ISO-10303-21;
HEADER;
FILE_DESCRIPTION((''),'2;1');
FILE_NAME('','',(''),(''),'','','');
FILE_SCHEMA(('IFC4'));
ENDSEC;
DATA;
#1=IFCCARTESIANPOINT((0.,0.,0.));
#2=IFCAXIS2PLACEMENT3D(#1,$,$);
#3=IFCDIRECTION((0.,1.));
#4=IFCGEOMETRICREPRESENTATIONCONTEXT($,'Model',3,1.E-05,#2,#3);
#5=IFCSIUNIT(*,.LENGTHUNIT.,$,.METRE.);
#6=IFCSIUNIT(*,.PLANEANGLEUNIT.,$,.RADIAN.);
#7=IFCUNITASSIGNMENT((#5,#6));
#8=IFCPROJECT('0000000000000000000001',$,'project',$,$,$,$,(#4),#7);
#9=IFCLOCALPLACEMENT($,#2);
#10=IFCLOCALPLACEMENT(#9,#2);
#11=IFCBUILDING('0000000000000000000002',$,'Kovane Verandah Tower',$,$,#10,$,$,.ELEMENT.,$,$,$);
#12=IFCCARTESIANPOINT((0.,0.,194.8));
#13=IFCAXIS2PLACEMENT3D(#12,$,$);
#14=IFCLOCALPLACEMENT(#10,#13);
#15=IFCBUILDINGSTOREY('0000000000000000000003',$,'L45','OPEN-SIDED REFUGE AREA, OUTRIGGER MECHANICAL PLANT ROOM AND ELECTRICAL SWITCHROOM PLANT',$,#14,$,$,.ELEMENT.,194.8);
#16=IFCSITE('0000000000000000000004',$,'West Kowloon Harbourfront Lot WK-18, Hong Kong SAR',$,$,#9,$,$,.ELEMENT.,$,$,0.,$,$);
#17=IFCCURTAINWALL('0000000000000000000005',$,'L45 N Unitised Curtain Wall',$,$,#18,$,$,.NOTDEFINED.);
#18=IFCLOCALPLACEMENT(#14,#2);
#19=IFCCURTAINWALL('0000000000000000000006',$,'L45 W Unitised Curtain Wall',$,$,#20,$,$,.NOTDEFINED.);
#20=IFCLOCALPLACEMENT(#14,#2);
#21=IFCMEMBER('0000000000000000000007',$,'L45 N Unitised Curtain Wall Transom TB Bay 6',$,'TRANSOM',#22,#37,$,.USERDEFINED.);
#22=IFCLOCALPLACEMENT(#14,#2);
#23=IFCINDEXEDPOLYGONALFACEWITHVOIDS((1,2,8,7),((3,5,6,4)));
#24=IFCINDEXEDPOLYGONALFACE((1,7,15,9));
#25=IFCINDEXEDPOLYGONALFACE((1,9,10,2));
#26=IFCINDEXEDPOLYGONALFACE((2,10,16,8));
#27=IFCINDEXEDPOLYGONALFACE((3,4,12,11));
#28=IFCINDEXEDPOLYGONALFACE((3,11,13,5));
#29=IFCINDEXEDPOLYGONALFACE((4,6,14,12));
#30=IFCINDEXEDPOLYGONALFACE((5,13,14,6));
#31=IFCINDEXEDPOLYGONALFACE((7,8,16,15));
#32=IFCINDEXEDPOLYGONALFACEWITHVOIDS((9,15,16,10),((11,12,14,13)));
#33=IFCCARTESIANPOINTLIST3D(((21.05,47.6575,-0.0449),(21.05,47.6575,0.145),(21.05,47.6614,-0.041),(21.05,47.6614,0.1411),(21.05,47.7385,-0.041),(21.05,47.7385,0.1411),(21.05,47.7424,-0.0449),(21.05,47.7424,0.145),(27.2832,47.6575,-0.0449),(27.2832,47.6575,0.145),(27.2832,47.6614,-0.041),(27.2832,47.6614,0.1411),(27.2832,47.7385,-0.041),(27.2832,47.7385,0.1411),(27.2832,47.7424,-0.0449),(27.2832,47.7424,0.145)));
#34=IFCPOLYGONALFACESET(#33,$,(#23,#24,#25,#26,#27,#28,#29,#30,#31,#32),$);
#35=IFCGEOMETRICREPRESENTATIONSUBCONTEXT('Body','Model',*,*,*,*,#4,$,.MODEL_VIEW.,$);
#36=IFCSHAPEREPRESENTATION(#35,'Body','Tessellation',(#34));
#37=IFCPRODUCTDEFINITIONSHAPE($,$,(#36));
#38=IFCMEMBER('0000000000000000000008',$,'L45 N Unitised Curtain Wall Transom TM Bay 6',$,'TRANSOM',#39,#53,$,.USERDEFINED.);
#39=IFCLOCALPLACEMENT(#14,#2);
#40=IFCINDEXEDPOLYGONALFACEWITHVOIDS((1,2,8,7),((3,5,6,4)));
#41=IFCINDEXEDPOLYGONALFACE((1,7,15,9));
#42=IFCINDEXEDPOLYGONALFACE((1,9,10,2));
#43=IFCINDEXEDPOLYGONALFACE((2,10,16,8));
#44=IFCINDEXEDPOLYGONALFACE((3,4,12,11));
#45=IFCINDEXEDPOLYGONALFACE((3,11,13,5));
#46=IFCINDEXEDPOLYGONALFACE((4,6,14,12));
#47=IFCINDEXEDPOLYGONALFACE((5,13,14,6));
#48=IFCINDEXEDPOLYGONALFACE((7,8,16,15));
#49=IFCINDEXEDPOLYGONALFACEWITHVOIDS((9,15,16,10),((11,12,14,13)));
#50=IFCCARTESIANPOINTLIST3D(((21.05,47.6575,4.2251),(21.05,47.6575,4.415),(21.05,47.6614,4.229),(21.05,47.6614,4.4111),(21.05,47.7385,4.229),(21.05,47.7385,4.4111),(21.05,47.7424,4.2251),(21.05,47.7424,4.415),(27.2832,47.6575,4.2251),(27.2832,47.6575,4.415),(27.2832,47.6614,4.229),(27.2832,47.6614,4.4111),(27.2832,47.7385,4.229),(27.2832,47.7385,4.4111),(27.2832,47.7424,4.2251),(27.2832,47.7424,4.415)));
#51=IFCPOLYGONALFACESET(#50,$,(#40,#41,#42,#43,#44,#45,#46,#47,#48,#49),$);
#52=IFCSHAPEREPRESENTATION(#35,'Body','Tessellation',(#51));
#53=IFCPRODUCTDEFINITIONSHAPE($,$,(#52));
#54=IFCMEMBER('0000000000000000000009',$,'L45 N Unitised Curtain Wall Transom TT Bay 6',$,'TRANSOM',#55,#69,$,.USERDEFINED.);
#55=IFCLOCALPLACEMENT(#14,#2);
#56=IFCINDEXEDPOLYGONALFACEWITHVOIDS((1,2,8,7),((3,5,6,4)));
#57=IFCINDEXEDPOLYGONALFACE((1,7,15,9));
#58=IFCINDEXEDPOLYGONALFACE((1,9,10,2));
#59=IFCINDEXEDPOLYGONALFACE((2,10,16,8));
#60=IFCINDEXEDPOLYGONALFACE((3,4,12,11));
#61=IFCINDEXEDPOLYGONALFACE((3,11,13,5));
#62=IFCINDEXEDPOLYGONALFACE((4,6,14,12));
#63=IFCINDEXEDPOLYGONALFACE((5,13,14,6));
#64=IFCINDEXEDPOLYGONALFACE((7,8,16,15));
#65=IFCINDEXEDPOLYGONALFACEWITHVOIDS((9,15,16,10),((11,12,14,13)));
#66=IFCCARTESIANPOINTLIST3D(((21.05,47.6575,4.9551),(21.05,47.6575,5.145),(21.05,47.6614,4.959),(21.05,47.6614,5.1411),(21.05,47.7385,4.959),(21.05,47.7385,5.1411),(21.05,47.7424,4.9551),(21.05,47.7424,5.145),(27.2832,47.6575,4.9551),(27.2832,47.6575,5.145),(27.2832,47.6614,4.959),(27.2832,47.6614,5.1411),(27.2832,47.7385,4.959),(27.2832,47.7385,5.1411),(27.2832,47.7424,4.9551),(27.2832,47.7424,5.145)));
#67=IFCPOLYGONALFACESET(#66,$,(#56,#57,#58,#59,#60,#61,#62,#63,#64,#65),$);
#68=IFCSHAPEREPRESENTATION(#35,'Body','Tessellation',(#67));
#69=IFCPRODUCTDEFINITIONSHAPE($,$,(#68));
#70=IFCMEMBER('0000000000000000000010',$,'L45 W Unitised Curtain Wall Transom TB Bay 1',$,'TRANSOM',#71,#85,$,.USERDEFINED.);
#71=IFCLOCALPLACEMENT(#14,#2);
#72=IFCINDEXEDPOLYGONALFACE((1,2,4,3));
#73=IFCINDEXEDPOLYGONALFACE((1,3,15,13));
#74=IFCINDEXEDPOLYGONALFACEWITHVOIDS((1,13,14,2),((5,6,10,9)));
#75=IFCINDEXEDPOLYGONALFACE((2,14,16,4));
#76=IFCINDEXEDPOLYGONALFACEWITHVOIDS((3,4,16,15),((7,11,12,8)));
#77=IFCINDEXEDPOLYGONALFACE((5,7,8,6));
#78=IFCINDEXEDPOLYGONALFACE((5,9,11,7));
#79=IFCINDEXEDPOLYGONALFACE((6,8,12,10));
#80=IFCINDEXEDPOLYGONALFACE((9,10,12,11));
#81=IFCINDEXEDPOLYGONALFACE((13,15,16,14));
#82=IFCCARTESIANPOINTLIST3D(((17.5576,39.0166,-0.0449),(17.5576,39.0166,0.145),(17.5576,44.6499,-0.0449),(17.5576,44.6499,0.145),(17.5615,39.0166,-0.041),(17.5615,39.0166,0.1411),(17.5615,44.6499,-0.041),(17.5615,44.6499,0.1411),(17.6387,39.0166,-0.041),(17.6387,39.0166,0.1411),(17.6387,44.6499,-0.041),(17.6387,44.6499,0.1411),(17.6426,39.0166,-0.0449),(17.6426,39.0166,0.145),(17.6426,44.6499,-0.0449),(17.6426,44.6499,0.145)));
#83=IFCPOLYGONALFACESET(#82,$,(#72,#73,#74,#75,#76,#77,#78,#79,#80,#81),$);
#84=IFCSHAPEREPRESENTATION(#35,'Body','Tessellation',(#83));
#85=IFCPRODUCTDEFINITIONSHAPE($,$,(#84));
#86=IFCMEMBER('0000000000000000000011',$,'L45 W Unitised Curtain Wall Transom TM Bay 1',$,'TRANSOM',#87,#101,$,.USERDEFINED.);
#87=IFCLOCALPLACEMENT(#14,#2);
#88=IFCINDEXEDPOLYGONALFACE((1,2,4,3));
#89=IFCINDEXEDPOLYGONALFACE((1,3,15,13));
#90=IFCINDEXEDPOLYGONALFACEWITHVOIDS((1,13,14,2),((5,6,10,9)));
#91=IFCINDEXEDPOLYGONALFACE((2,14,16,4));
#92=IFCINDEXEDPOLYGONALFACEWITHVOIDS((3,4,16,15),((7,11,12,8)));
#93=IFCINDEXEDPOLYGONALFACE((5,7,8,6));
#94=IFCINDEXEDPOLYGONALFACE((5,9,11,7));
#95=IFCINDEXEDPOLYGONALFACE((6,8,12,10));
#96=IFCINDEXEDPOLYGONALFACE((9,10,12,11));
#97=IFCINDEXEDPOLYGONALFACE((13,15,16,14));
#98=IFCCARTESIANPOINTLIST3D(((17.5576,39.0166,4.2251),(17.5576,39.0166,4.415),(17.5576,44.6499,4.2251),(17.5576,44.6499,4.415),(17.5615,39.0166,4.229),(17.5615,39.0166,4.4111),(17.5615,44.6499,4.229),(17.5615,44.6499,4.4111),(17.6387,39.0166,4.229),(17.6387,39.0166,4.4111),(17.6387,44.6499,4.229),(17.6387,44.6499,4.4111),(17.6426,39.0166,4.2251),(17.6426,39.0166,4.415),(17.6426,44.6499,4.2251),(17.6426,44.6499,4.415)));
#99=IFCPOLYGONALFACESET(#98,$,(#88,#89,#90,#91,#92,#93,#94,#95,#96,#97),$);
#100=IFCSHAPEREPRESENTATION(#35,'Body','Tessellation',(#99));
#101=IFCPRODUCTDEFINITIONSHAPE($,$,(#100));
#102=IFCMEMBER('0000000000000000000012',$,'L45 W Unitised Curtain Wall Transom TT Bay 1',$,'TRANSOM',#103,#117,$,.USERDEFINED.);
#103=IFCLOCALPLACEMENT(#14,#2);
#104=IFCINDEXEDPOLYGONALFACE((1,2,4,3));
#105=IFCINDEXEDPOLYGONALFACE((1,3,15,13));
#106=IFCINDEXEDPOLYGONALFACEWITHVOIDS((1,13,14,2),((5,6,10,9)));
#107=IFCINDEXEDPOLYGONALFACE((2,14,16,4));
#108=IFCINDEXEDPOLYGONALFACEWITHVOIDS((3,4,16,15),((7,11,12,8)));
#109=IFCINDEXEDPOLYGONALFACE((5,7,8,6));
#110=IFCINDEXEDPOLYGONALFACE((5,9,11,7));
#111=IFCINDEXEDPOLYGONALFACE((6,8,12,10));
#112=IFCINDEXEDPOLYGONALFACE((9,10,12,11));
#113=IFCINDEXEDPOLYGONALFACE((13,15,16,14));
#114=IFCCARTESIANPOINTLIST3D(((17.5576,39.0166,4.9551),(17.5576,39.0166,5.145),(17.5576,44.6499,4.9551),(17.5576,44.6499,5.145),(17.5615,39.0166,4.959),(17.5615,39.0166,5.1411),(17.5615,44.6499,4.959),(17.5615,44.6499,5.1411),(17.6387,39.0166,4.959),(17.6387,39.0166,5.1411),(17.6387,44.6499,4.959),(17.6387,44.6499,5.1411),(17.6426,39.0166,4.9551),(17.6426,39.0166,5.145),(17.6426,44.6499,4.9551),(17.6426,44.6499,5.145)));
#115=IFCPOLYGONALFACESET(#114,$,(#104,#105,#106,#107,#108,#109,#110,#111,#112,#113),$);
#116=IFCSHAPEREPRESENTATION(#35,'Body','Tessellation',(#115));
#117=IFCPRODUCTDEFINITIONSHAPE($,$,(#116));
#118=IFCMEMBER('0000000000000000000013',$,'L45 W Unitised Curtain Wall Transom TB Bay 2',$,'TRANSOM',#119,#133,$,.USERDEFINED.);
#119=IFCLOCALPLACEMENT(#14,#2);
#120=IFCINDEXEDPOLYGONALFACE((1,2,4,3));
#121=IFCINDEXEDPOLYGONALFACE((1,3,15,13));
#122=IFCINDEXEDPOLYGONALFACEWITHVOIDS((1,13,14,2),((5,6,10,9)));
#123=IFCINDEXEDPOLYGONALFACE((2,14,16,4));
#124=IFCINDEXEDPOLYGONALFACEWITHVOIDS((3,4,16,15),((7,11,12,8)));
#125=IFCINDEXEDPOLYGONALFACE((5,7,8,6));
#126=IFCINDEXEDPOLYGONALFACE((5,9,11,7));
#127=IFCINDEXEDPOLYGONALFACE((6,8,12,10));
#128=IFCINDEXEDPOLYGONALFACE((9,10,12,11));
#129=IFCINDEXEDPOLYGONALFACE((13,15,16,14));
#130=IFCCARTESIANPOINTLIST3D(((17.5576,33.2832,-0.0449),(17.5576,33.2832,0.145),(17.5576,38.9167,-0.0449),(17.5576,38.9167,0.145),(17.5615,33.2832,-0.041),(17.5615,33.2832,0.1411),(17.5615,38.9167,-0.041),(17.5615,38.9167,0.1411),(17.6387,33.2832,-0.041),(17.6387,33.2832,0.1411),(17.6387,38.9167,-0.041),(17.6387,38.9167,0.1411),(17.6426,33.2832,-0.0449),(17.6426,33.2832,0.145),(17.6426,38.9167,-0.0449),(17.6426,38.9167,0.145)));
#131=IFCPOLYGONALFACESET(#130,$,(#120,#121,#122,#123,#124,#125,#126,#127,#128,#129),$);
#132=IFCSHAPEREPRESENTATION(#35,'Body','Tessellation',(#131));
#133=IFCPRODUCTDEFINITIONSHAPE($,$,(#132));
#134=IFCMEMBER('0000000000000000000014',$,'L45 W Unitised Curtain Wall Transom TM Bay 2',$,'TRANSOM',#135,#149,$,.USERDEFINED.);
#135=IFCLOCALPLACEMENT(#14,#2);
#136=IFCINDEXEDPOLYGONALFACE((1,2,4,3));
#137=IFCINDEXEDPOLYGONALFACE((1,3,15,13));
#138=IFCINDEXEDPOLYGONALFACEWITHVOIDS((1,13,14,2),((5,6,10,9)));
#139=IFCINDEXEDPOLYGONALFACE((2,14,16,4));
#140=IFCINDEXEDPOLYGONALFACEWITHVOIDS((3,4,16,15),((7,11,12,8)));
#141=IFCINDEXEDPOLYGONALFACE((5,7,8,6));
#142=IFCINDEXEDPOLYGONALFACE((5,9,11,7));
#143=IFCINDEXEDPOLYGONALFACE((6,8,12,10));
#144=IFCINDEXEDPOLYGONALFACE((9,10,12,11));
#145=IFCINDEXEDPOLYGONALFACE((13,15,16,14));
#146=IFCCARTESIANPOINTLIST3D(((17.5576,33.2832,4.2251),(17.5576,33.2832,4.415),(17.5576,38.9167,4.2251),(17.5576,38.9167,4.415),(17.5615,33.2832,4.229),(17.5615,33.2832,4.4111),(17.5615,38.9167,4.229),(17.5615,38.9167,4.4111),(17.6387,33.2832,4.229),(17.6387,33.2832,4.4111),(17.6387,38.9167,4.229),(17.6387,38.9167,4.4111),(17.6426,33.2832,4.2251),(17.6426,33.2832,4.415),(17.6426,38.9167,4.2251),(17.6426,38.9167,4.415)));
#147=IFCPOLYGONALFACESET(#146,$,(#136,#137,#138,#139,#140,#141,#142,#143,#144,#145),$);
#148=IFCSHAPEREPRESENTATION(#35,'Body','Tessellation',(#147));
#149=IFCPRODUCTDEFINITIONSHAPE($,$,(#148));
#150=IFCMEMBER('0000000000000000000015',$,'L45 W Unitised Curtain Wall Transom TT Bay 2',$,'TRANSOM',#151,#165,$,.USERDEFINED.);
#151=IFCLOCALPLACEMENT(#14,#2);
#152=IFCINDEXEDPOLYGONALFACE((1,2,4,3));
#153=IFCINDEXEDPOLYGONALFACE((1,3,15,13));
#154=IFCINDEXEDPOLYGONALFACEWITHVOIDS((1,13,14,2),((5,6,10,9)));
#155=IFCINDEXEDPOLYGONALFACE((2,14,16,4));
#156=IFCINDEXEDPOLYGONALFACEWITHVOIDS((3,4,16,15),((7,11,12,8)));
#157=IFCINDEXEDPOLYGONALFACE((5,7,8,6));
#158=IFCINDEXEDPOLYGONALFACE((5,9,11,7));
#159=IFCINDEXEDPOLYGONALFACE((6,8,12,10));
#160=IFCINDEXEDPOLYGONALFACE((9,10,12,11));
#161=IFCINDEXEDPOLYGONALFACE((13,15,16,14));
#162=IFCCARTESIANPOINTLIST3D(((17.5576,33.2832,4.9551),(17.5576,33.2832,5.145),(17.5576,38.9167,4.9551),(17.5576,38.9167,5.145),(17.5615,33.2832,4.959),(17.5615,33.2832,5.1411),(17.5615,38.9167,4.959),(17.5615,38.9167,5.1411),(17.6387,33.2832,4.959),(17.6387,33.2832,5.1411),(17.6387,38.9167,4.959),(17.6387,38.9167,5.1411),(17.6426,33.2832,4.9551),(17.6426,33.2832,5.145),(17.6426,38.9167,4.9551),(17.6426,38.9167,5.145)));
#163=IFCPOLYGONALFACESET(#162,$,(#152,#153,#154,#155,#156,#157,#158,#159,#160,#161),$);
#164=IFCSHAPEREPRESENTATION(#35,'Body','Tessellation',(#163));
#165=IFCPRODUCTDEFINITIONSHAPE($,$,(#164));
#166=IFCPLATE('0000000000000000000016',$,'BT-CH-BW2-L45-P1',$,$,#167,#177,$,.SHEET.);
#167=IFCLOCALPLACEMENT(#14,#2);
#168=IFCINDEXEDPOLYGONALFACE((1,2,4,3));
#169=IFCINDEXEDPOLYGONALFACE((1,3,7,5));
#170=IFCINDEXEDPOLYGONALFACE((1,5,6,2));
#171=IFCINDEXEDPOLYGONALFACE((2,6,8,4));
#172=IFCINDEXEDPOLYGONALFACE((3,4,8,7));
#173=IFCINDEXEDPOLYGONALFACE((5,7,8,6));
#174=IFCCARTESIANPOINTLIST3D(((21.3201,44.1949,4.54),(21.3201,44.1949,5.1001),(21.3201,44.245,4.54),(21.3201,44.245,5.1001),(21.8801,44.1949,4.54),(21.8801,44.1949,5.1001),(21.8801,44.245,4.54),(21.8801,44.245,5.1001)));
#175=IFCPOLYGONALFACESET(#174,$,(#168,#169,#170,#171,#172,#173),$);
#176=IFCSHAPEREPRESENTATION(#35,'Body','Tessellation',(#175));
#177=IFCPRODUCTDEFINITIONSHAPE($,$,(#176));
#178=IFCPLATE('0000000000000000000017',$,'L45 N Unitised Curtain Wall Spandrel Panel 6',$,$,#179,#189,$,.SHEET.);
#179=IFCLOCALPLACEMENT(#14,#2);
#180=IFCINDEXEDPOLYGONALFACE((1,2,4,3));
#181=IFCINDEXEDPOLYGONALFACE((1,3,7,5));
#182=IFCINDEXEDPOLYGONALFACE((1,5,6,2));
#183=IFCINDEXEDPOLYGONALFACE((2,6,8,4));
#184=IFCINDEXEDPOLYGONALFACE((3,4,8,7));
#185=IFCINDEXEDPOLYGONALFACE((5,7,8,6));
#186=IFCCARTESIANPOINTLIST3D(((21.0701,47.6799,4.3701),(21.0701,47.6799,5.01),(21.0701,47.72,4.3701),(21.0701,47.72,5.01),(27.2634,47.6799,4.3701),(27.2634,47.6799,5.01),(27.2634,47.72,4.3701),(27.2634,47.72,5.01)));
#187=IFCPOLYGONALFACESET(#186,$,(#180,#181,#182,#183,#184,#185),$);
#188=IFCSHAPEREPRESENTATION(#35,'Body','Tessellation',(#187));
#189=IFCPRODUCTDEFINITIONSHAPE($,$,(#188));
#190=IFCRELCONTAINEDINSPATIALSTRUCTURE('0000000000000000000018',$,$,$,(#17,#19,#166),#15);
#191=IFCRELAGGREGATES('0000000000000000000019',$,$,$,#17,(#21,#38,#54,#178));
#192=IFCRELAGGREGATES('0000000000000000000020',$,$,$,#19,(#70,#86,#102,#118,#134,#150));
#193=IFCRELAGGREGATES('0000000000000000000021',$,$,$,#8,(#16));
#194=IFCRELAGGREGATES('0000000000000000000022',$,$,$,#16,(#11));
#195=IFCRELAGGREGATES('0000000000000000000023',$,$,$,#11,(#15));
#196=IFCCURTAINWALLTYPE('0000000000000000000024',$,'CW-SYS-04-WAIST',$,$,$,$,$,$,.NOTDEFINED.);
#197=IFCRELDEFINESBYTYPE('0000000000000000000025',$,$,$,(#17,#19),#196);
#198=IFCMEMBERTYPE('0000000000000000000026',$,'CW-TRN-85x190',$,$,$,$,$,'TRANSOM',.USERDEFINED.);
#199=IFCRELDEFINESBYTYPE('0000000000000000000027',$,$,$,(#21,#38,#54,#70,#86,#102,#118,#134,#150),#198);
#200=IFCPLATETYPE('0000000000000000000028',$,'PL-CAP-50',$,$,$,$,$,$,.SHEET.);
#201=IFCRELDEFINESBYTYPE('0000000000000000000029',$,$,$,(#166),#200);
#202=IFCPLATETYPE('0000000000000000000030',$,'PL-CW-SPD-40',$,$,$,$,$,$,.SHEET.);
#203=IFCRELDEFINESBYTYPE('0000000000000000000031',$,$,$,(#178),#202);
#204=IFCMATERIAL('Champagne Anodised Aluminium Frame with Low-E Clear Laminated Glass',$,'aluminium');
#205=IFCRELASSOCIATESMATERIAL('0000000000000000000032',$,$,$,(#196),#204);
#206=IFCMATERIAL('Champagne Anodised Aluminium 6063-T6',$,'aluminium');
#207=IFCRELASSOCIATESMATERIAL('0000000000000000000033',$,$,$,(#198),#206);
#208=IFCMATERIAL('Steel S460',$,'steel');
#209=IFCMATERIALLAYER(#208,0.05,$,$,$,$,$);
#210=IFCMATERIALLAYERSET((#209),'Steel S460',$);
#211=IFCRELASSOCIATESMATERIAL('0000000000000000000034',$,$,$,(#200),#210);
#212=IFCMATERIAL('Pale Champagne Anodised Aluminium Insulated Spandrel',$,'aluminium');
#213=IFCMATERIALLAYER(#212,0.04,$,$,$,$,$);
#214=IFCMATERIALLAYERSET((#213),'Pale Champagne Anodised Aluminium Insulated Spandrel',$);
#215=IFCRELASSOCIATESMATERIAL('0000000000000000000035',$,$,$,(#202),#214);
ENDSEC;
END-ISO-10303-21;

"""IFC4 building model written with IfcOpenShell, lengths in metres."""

from ifc_helpers import new_model, si_unit, direction, frame, origin, origin_2d, place, context, subcontext, project, spatial, rectangle, hollow_rectangle, extrude, material, layer, layer_set, material_profile, profile_set, type_object, element, aggregate, save


model = new_model("IFC4")

# Units and contexts
model_context = context("Model", 3, precision=1e-05, world=origin(), true_north=direction((0.0, 1.0)))
body_context = subcontext(model_context, "Body", "Model", "MODEL_VIEW")
ifc_project = project(units=[si_unit("LENGTHUNIT", "METRE"), si_unit("PLANEANGLEUNIT", "RADIAN")], contexts=[model_context])

# Site, building, storey
site_placement = place(None, origin())
site = spatial("IfcSite", under=ifc_project, at=site_placement, Name="West Kowloon Harbourfront Lot WK-18, Hong Kong SAR", CompositionType="ELEMENT", RefElevation=0.0)
building_placement = place(site_placement, origin())
building = spatial("IfcBuilding", under=site, at=building_placement, Name="Kovane Verandah Tower", CompositionType="ELEMENT")
storey_placement = place(building_placement, frame((0.0, 0.0, 194.8)))
storey = spatial("IfcBuildingStorey", under=building, at=storey_placement, Name="L45", Description="OPEN-SIDED REFUGE AREA, OUTRIGGER MECHANICAL PLANT ROOM AND ELECTRICAL SWITCHROOM PLANT", CompositionType="ELEMENT", Elevation=194.8)

# Shared definitions
ifc_material_1 = material(Name="Steel S460", Category="steel")

# Curtain walls
ifc_material_2 = material(Name="Champagne Anodised Aluminium Frame with Low-E Clear Laminated Glass", Category="aluminium")
curtain_wall_type = type_object("IfcCurtainWallType", Name="CW-SYS-04-WAIST", PredefinedType="NOTDEFINED", material=ifc_material_2)
curtain_wall_1_placement = place(storey_placement, origin())
curtain_wall_1 = element("IfcCurtainWall", 1, at=curtain_wall_1_placement, inside=storey, type_object=curtain_wall_type, Name="L45 N Unitised Curtain Wall", PredefinedType="NOTDEFINED")
ifc_material_3 = material(Name="Champagne Anodised Aluminium 6063-T6", Category="aluminium")
curtain_wall_2_placement = place(storey_placement, origin())
curtain_wall_2 = element("IfcCurtainWall", 2, at=curtain_wall_2_placement, inside=storey, type_object=curtain_wall_type, Name="L45 W Unitised Curtain Wall", PredefinedType="NOTDEFINED")

# Members
ifc_material_profile_1 = material_profile(ifc_material_3, hollow_rectangle(XDim=0.085, YDim=0.1899, WallThickness=0.0039, at=origin_2d()), Name="AL85x190x4")
ifc_profile_set_1 = profile_set([ifc_material_profile_1], Name="Champagne Anodised Aluminium 6063-T6")
member_type_1 = type_object("IfcMemberType", Name="CW-TRN-85x190", ElementType="TRANSOM", PredefinedType="USERDEFINED", material=ifc_profile_set_1)
member_1_placement = place(storey_placement, frame((27.2832, 47.7, 0.05), z_axis=(-1.0, 0.0, 0.0), x_axis=(0.0, -1.0, 0.0)))
member_1 = element("IfcMember", 3, at=member_1_placement, type_object=member_type_1, Name="L45 N Unitised Curtain Wall Transom TB Bay 6", ObjectType="TRANSOM", PredefinedType="USERDEFINED", context=body_context, shape_type="SweptSolid", body=[
    extrude(hollow_rectangle(XDim=0.085, YDim=0.1899, WallThickness=0.0039, at=origin_2d()), origin(), (0.0, 0.0, 1.0), 6.2332),
])
member_2_placement = place(storey_placement, frame((27.2832, 47.7, 4.3201), z_axis=(-1.0, 0.0, 0.0), x_axis=(0.0, -1.0, 0.0)))
member_2 = element("IfcMember", 4, at=member_2_placement, type_object=member_type_1, Name="L45 N Unitised Curtain Wall Transom TM Bay 6", ObjectType="TRANSOM", PredefinedType="USERDEFINED", context=body_context, shape_type="SweptSolid", body=[
    extrude(hollow_rectangle(XDim=0.085, YDim=0.1899, WallThickness=0.0039, at=origin_2d()), origin(), (0.0, 0.0, 1.0), 6.2332),
])
member_3_placement = place(storey_placement, frame((27.2832, 47.7, 5.05), z_axis=(-1.0, 0.0, 0.0), x_axis=(0.0, -1.0, 0.0)))
member_3 = element("IfcMember", 5, at=member_3_placement, type_object=member_type_1, Name="L45 N Unitised Curtain Wall Transom TT Bay 6", ObjectType="TRANSOM", PredefinedType="USERDEFINED", context=body_context, shape_type="SweptSolid", body=[
    extrude(hollow_rectangle(XDim=0.085, YDim=0.1899, WallThickness=0.0039, at=origin_2d()), origin(), (0.0, 0.0, 1.0), 6.2332),
])
member_4_placement = place(storey_placement, frame((17.6001, 44.6499, 0.05), z_axis=(0.0, -1.0, 0.0), x_axis=(1.0, 0.0, 0.0)))
member_4 = element("IfcMember", 6, at=member_4_placement, type_object=member_type_1, Name="L45 W Unitised Curtain Wall Transom TB Bay 1", ObjectType="TRANSOM", PredefinedType="USERDEFINED", context=body_context, shape_type="SweptSolid", body=[
    extrude(hollow_rectangle(XDim=0.085, YDim=0.1899, WallThickness=0.0039, at=origin_2d()), origin(), (0.0, 0.0, 1.0), 5.6333),
])
member_5_placement = place(storey_placement, frame((17.6001, 44.6499, 4.3201), z_axis=(0.0, -1.0, 0.0), x_axis=(1.0, 0.0, 0.0)))
member_5 = element("IfcMember", 7, at=member_5_placement, type_object=member_type_1, Name="L45 W Unitised Curtain Wall Transom TM Bay 1", ObjectType="TRANSOM", PredefinedType="USERDEFINED", context=body_context, shape_type="SweptSolid", body=[
    extrude(hollow_rectangle(XDim=0.085, YDim=0.1899, WallThickness=0.0039, at=origin_2d()), origin(), (0.0, 0.0, 1.0), 5.6333),
])
member_6_placement = place(storey_placement, frame((17.6001, 44.6499, 5.05), z_axis=(0.0, -1.0, 0.0), x_axis=(1.0, 0.0, 0.0)))
member_6 = element("IfcMember", 8, at=member_6_placement, type_object=member_type_1, Name="L45 W Unitised Curtain Wall Transom TT Bay 1", ObjectType="TRANSOM", PredefinedType="USERDEFINED", context=body_context, shape_type="SweptSolid", body=[
    extrude(hollow_rectangle(XDim=0.085, YDim=0.1899, WallThickness=0.0039, at=origin_2d()), origin(), (0.0, 0.0, 1.0), 5.6333),
])
member_7_placement = place(storey_placement, frame((17.6001, 38.9167, 0.05), z_axis=(0.0, -1.0, 0.0), x_axis=(1.0, 0.0, 0.0)))
member_7 = element("IfcMember", 9, at=member_7_placement, type_object=member_type_1, Name="L45 W Unitised Curtain Wall Transom TB Bay 2", ObjectType="TRANSOM", PredefinedType="USERDEFINED", context=body_context, shape_type="SweptSolid", body=[
    extrude(hollow_rectangle(XDim=0.085, YDim=0.1899, WallThickness=0.0039, at=origin_2d()), origin(), (0.0, 0.0, 1.0), 5.6335),
])
member_8_placement = place(storey_placement, frame((17.6001, 38.9167, 4.3201), z_axis=(0.0, -1.0, 0.0), x_axis=(1.0, 0.0, 0.0)))
member_8 = element("IfcMember", 10, at=member_8_placement, type_object=member_type_1, Name="L45 W Unitised Curtain Wall Transom TM Bay 2", ObjectType="TRANSOM", PredefinedType="USERDEFINED", context=body_context, shape_type="SweptSolid", body=[
    extrude(hollow_rectangle(XDim=0.085, YDim=0.1899, WallThickness=0.0039, at=origin_2d()), origin(), (0.0, 0.0, 1.0), 5.6335),
])
member_9_placement = place(storey_placement, frame((17.6001, 38.9167, 5.05), z_axis=(0.0, -1.0, 0.0), x_axis=(1.0, 0.0, 0.0)))
member_9 = element("IfcMember", 11, at=member_9_placement, type_object=member_type_1, Name="L45 W Unitised Curtain Wall Transom TT Bay 2", ObjectType="TRANSOM", PredefinedType="USERDEFINED", context=body_context, shape_type="SweptSolid", body=[
    extrude(hollow_rectangle(XDim=0.085, YDim=0.1899, WallThickness=0.0039, at=origin_2d()), origin(), (0.0, 0.0, 1.0), 5.6335),
])

# Plates
ifc_layer_1 = layer(ifc_material_1, 0.05)
ifc_layer_set_1 = layer_set([ifc_layer_1], Name="Steel S460")
plate_type_1 = type_object("IfcPlateType", Name="PL-CAP-50", PredefinedType="SHEET", material=ifc_layer_set_1)
plate_1_placement = place(storey_placement, frame((21.6001, 44.22, 4.54), z_axis=(0.0, 0.0, 1.0), x_axis=(0.0, 1.0, 0.0)))
element("IfcPlate", 12, at=plate_1_placement, inside=storey, type_object=plate_type_1, Name="BT-CH-BW2-L45-P1", PredefinedType="SHEET", context=body_context, shape_type="SweptSolid", body=[
    extrude(rectangle(XDim=0.05, YDim=0.5601, at=origin_2d()), origin(), (0.0, 0.0, 1.0), 0.5601),
])
ifc_material_4 = material(Name="Pale Champagne Anodised Aluminium Insulated Spandrel", Category="aluminium")
ifc_layer_2 = layer(ifc_material_4, 0.04)
ifc_layer_set_2 = layer_set([ifc_layer_2], Name="Pale Champagne Anodised Aluminium Insulated Spandrel")
plate_type_2 = type_object("IfcPlateType", Name="PL-CW-SPD-40", PredefinedType="SHEET", material=ifc_layer_set_2)
plate_2_placement = place(storey_placement, frame((24.1667, 47.7, 4.3701), z_axis=(0.0, 0.0, 1.0), x_axis=(-1.0, 0.0, 0.0)))
plate_2 = element("IfcPlate", 13, at=plate_2_placement, type_object=plate_type_2, Name="L45 N Unitised Curtain Wall Spandrel Panel 6", PredefinedType="SHEET", context=body_context, shape_type="SweptSolid", body=[
    extrude(rectangle(XDim=6.1934, YDim=0.04, at=origin_2d()), origin(), (0.0, 0.0, 1.0), 0.6399),
])
aggregate(curtain_wall_1, [member_1, member_2, member_3, plate_2])
aggregate(curtain_wall_2, [member_4, member_5, member_6, member_7, member_8, member_9])

save(model, "model.ifc")
